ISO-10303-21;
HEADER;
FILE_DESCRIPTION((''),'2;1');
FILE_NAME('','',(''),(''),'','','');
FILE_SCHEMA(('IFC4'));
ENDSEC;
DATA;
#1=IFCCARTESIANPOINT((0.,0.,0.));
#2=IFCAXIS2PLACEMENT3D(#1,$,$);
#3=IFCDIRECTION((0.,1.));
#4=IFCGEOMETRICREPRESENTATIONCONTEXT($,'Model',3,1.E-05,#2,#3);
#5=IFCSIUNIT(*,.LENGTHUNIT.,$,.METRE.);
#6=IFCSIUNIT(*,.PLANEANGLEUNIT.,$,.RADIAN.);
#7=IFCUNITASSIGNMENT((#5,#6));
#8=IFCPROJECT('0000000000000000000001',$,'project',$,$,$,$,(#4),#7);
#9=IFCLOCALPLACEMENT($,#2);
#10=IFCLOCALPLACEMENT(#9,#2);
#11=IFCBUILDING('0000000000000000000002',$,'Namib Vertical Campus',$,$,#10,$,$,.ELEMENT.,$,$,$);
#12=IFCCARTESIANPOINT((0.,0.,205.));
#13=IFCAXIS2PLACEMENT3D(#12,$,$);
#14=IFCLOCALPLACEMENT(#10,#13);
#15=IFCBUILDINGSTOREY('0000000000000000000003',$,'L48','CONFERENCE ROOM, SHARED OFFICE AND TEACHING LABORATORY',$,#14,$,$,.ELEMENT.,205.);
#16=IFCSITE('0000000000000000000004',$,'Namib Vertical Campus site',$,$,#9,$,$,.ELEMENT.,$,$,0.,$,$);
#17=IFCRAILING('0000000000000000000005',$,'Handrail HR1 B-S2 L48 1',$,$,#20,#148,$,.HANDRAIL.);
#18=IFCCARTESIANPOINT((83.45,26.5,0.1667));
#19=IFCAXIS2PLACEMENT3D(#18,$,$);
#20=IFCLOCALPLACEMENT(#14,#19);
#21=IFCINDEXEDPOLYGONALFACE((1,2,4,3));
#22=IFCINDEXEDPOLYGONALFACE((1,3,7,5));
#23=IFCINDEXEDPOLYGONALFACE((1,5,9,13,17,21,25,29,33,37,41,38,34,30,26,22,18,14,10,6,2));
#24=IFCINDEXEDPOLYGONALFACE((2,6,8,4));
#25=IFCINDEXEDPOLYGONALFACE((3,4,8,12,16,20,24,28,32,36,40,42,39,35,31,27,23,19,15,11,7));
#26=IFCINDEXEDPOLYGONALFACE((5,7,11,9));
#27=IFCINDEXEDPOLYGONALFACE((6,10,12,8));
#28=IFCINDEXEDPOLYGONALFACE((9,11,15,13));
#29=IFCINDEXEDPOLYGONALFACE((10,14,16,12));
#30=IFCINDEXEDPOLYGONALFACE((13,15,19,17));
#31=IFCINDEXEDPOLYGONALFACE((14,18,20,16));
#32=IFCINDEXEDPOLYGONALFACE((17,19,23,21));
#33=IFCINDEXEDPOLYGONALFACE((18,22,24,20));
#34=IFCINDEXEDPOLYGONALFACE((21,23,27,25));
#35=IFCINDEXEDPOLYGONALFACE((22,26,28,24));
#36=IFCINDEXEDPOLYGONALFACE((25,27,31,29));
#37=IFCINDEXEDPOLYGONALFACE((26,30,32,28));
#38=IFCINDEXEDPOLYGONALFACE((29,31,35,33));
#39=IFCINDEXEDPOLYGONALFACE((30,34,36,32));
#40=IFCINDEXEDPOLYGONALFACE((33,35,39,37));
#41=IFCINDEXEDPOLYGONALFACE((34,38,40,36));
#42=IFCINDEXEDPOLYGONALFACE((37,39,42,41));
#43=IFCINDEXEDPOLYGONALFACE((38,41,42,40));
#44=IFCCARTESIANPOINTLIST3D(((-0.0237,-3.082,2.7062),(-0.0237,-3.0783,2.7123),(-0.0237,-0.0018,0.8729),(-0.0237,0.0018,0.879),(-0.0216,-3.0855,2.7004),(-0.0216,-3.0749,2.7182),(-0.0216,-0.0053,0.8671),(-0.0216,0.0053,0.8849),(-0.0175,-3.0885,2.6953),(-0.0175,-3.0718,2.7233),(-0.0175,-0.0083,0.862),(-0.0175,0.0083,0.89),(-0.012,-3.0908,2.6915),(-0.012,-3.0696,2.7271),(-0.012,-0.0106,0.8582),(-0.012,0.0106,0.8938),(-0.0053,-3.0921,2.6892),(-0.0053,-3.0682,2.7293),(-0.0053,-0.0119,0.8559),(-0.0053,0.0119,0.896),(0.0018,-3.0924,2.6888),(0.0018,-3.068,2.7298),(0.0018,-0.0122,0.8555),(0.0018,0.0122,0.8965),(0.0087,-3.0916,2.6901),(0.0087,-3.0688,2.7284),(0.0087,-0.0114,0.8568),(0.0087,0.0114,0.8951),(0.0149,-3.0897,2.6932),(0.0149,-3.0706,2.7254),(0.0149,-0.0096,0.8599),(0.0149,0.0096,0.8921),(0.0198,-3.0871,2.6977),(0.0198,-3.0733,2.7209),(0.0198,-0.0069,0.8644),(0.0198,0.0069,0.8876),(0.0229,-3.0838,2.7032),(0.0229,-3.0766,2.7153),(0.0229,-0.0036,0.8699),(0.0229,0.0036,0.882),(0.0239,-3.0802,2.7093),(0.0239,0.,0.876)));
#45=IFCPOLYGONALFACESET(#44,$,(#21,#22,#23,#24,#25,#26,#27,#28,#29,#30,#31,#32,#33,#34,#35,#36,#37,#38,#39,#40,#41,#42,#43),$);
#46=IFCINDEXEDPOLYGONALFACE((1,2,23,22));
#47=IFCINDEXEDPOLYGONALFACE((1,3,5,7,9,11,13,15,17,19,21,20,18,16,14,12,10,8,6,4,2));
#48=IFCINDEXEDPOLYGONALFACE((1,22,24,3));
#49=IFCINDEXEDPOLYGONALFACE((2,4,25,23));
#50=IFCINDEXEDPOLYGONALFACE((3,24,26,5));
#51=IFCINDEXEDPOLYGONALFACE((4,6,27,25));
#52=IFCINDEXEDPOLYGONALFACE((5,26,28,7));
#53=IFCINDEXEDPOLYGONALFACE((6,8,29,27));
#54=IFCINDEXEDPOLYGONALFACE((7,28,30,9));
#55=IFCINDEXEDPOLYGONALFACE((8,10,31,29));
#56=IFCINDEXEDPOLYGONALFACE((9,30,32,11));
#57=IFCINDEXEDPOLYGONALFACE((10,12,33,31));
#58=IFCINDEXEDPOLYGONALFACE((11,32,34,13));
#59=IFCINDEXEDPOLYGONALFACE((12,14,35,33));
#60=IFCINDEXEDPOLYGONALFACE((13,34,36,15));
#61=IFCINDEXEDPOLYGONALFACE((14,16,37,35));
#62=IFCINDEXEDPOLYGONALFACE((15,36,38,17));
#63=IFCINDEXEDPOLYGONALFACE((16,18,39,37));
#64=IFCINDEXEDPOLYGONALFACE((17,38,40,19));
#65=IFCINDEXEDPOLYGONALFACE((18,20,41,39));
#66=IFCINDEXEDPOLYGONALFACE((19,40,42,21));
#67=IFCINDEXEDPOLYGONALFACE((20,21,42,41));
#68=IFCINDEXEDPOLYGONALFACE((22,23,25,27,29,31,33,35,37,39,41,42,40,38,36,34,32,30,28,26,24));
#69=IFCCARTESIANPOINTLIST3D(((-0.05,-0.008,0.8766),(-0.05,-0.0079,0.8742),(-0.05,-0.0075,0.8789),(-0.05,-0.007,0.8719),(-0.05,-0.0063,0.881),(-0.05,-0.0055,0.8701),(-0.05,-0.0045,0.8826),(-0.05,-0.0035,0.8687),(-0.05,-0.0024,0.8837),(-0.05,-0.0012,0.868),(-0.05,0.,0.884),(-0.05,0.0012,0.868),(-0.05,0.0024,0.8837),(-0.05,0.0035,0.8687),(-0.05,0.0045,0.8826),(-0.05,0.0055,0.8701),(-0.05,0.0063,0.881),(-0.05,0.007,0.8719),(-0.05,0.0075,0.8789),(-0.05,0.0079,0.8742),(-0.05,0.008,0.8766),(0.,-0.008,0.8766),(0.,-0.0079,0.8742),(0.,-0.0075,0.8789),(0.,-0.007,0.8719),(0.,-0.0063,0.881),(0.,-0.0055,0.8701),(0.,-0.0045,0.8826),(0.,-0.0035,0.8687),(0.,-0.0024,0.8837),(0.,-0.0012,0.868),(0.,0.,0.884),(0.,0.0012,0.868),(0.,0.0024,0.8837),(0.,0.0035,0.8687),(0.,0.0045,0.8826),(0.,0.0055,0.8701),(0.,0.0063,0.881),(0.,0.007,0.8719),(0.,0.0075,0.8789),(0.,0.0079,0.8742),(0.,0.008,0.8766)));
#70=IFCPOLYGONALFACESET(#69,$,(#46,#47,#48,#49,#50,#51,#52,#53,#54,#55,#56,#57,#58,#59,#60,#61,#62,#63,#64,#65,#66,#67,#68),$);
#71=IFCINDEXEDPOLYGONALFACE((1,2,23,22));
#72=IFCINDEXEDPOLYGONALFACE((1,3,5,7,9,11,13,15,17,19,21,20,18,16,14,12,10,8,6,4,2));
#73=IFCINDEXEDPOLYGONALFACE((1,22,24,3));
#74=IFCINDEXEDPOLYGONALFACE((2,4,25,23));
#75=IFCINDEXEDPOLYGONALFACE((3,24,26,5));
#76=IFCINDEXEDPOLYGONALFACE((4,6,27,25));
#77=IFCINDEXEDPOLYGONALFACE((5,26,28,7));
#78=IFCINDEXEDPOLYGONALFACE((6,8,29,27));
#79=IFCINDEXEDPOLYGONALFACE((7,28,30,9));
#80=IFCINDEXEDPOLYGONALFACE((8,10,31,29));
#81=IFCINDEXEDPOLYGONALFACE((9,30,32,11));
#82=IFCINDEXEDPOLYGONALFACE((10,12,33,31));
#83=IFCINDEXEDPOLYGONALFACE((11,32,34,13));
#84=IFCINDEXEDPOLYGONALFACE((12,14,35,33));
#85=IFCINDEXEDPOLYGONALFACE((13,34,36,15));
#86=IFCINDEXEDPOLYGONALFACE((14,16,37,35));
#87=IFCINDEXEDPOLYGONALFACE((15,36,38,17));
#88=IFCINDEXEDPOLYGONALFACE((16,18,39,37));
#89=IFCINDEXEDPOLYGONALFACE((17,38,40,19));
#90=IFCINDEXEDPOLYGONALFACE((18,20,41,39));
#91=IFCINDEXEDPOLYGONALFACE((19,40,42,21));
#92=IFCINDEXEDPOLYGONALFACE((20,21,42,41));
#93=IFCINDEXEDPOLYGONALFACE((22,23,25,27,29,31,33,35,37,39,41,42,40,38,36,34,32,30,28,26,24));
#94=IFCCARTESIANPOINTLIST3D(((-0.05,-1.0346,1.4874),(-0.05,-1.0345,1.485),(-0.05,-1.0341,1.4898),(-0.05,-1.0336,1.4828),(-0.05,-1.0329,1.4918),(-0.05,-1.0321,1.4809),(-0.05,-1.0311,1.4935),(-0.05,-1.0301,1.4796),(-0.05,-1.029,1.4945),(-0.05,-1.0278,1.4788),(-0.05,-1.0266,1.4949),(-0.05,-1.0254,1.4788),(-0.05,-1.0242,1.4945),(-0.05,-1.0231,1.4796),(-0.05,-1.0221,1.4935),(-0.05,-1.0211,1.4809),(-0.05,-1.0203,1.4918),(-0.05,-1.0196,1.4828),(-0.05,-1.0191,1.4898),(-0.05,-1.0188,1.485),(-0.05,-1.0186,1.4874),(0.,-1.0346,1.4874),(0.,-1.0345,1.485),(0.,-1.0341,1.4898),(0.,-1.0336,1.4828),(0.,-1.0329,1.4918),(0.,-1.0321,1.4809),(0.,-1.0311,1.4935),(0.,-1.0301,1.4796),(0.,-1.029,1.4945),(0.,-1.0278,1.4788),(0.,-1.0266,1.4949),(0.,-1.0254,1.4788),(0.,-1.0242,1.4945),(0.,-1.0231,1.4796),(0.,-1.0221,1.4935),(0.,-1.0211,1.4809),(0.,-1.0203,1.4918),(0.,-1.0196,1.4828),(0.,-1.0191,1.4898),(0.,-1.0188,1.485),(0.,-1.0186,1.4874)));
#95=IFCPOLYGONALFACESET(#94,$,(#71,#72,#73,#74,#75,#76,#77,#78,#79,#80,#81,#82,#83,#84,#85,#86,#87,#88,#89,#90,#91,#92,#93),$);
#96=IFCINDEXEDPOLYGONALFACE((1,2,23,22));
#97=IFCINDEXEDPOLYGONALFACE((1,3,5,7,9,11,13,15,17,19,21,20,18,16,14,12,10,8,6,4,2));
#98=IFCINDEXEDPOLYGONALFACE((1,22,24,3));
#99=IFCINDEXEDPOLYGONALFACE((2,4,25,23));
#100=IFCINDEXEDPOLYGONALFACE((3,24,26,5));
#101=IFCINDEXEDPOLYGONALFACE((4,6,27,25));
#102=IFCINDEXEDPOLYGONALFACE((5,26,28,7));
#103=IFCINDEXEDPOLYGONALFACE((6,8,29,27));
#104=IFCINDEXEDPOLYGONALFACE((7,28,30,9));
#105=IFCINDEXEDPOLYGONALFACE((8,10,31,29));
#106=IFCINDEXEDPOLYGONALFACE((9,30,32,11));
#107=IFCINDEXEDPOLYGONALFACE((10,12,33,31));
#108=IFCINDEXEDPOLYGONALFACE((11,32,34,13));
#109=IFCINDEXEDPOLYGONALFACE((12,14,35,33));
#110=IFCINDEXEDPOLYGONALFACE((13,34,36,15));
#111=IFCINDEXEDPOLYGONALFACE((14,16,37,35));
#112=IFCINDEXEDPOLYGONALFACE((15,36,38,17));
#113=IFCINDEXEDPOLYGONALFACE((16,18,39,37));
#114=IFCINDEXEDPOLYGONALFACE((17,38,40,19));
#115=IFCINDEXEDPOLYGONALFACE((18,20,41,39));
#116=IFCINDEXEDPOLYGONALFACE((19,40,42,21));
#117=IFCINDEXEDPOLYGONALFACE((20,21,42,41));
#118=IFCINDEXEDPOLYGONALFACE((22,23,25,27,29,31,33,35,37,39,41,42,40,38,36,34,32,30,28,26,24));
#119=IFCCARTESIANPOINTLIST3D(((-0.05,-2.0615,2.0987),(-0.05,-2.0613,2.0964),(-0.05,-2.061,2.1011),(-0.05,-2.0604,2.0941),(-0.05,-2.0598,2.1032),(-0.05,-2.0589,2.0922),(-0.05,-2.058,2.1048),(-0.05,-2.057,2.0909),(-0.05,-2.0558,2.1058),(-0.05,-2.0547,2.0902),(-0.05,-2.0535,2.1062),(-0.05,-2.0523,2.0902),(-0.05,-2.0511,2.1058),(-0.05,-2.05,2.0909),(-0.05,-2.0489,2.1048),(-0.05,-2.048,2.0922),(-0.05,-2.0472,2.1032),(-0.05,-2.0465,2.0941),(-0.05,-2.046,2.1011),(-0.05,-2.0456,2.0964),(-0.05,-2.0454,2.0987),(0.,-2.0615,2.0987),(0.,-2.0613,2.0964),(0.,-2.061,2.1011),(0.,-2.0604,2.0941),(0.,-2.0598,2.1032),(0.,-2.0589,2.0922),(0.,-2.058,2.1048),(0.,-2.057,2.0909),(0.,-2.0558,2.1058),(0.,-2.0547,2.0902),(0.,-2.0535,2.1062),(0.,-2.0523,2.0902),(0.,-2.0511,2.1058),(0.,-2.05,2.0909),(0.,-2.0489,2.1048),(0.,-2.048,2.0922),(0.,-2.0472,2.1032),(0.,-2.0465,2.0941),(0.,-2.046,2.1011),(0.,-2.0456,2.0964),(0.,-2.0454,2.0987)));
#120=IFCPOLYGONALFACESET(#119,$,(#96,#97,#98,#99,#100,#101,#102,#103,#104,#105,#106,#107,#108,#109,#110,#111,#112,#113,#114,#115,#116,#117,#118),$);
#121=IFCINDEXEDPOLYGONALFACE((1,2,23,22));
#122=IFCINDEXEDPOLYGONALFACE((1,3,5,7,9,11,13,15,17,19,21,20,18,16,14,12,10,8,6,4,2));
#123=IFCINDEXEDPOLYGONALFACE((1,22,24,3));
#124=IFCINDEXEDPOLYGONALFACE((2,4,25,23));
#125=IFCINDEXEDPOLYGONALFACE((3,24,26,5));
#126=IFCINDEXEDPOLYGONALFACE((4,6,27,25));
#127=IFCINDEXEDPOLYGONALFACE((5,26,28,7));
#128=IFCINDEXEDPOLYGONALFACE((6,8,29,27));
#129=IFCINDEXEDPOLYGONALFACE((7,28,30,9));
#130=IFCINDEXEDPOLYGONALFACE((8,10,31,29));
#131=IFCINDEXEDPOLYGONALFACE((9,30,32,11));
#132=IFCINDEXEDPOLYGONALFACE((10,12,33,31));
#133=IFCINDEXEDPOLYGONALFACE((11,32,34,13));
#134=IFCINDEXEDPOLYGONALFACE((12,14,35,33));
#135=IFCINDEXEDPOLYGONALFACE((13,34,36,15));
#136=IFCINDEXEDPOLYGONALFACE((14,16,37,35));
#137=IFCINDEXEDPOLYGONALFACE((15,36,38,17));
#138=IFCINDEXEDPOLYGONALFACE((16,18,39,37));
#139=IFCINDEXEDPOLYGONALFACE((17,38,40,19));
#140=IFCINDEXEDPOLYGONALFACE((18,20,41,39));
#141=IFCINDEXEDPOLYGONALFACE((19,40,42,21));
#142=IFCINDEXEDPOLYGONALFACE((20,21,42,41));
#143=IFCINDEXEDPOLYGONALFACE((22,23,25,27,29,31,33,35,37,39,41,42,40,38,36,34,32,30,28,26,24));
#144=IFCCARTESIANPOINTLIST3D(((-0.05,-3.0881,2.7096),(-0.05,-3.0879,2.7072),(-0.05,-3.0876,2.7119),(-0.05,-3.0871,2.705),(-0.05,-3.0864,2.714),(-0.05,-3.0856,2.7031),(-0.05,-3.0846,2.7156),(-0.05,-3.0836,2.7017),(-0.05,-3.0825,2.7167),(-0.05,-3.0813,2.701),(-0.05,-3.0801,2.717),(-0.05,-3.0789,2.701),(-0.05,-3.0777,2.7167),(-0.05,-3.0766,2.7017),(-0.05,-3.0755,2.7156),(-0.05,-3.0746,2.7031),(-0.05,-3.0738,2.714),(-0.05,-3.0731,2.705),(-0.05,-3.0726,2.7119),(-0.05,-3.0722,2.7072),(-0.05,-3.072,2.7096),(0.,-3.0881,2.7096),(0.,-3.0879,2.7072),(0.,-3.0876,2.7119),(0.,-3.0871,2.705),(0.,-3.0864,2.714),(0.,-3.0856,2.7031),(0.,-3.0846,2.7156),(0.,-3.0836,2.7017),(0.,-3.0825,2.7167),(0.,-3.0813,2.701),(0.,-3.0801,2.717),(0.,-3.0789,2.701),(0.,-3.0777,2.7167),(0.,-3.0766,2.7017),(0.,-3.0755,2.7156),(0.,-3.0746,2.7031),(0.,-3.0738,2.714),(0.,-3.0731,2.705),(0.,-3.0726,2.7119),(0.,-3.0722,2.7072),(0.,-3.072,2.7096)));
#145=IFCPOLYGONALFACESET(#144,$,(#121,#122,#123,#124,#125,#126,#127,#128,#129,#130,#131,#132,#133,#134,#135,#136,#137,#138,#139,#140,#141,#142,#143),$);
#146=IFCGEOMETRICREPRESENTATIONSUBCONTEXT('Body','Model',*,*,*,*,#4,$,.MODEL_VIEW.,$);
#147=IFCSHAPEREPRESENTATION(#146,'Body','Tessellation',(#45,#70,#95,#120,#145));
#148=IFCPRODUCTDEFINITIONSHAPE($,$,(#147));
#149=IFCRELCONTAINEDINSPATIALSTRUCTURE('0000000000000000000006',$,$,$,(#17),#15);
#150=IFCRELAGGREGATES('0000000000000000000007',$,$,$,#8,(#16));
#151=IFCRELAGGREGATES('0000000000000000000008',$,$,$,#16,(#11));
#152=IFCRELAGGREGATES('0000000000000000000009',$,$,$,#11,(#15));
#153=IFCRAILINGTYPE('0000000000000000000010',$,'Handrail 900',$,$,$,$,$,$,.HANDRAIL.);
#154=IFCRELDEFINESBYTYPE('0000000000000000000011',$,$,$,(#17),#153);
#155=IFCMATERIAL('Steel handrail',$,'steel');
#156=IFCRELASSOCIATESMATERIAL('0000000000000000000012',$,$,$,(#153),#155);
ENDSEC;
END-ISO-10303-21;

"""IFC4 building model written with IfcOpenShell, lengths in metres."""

from ifc_helpers import new_model, si_unit, direction, frame, origin, origin_2d, place, context, subcontext, project, spatial, circle, extrude, material, type_object, element, save


model = new_model("IFC4")

# Units and contexts
model_context = context("Model", 3, precision=1e-05, world=origin(), true_north=direction((0.0, 1.0)))
body_context = subcontext(model_context, "Body", "Model", "MODEL_VIEW")
ifc_project = project(units=[si_unit("LENGTHUNIT", "METRE"), si_unit("PLANEANGLEUNIT", "RADIAN")], contexts=[model_context])

# Site, building, storey
site_placement = place(None, origin())
site = spatial("IfcSite", under=ifc_project, at=site_placement, Name="Namib Vertical Campus site", CompositionType="ELEMENT", RefElevation=0.0)
building_placement = place(site_placement, origin())
building = spatial("IfcBuilding", under=site, at=building_placement, Name="Namib Vertical Campus", CompositionType="ELEMENT")
storey_placement = place(building_placement, frame((0.0, 0.0, 205.0)))
storey = spatial("IfcBuildingStorey", under=building, at=storey_placement, Name="L48", Description="CONFERENCE ROOM, SHARED OFFICE AND TEACHING LABORATORY", CompositionType="ELEMENT", Elevation=205.0)

# Railing
ifc_material_1 = material(Name="Steel handrail", Category="steel")
railing_type_1 = type_object("IfcRailingType", Name="Handrail 900", PredefinedType="HANDRAIL", material=ifc_material_1)
railing_1_placement = place(storey_placement, frame((83.45, 26.5, 0.1667)))
element("IfcRailing", 1, at=railing_1_placement, inside=storey, type_object=railing_type_1, Name="Handrail HR1 B-S2 L48 1", PredefinedType="HANDRAIL", context=body_context, shape_type="SweptSolid", body=[
    extrude(circle(Radius=0.0239, at=origin_2d()), frame((0.0, 0.0, 0.876), z_axis=(0.0, -0.859309, 0.511458), x_axis=(1.0, 0.0, 0.0)), (0.0, 0.0, 1.0), 3.5845),
    extrude(circle(Radius=0.0081, at=origin_2d()), frame((0.0, 0.0, 0.876), z_axis=(-1.0, 0.0, 0.0), x_axis=(0.0, 0.0, 1.0)), (0.0, 0.0, 1.0), 0.05),
    extrude(circle(Radius=0.0081, at=origin_2d()), frame((0.0, -1.0266, 1.4868), z_axis=(-1.0, 0.0, 0.0), x_axis=(0.0, 0.0, 1.0)), (0.0, 0.0, 1.0), 0.05),
    extrude(circle(Radius=0.0081, at=origin_2d()), frame((0.0, -2.0535, 2.0981), z_axis=(-1.0, 0.0, 0.0), x_axis=(0.0, 0.0, 1.0)), (0.0, 0.0, 1.0), 0.05),
    extrude(circle(Radius=0.0081, at=origin_2d()), frame((0.0, -3.0801, 2.709), z_axis=(-1.0, 0.0, 0.0), x_axis=(0.0, 0.0, 1.0)), (0.0, 0.0, 1.0), 0.05),
])

save(model, "model.ifc")
